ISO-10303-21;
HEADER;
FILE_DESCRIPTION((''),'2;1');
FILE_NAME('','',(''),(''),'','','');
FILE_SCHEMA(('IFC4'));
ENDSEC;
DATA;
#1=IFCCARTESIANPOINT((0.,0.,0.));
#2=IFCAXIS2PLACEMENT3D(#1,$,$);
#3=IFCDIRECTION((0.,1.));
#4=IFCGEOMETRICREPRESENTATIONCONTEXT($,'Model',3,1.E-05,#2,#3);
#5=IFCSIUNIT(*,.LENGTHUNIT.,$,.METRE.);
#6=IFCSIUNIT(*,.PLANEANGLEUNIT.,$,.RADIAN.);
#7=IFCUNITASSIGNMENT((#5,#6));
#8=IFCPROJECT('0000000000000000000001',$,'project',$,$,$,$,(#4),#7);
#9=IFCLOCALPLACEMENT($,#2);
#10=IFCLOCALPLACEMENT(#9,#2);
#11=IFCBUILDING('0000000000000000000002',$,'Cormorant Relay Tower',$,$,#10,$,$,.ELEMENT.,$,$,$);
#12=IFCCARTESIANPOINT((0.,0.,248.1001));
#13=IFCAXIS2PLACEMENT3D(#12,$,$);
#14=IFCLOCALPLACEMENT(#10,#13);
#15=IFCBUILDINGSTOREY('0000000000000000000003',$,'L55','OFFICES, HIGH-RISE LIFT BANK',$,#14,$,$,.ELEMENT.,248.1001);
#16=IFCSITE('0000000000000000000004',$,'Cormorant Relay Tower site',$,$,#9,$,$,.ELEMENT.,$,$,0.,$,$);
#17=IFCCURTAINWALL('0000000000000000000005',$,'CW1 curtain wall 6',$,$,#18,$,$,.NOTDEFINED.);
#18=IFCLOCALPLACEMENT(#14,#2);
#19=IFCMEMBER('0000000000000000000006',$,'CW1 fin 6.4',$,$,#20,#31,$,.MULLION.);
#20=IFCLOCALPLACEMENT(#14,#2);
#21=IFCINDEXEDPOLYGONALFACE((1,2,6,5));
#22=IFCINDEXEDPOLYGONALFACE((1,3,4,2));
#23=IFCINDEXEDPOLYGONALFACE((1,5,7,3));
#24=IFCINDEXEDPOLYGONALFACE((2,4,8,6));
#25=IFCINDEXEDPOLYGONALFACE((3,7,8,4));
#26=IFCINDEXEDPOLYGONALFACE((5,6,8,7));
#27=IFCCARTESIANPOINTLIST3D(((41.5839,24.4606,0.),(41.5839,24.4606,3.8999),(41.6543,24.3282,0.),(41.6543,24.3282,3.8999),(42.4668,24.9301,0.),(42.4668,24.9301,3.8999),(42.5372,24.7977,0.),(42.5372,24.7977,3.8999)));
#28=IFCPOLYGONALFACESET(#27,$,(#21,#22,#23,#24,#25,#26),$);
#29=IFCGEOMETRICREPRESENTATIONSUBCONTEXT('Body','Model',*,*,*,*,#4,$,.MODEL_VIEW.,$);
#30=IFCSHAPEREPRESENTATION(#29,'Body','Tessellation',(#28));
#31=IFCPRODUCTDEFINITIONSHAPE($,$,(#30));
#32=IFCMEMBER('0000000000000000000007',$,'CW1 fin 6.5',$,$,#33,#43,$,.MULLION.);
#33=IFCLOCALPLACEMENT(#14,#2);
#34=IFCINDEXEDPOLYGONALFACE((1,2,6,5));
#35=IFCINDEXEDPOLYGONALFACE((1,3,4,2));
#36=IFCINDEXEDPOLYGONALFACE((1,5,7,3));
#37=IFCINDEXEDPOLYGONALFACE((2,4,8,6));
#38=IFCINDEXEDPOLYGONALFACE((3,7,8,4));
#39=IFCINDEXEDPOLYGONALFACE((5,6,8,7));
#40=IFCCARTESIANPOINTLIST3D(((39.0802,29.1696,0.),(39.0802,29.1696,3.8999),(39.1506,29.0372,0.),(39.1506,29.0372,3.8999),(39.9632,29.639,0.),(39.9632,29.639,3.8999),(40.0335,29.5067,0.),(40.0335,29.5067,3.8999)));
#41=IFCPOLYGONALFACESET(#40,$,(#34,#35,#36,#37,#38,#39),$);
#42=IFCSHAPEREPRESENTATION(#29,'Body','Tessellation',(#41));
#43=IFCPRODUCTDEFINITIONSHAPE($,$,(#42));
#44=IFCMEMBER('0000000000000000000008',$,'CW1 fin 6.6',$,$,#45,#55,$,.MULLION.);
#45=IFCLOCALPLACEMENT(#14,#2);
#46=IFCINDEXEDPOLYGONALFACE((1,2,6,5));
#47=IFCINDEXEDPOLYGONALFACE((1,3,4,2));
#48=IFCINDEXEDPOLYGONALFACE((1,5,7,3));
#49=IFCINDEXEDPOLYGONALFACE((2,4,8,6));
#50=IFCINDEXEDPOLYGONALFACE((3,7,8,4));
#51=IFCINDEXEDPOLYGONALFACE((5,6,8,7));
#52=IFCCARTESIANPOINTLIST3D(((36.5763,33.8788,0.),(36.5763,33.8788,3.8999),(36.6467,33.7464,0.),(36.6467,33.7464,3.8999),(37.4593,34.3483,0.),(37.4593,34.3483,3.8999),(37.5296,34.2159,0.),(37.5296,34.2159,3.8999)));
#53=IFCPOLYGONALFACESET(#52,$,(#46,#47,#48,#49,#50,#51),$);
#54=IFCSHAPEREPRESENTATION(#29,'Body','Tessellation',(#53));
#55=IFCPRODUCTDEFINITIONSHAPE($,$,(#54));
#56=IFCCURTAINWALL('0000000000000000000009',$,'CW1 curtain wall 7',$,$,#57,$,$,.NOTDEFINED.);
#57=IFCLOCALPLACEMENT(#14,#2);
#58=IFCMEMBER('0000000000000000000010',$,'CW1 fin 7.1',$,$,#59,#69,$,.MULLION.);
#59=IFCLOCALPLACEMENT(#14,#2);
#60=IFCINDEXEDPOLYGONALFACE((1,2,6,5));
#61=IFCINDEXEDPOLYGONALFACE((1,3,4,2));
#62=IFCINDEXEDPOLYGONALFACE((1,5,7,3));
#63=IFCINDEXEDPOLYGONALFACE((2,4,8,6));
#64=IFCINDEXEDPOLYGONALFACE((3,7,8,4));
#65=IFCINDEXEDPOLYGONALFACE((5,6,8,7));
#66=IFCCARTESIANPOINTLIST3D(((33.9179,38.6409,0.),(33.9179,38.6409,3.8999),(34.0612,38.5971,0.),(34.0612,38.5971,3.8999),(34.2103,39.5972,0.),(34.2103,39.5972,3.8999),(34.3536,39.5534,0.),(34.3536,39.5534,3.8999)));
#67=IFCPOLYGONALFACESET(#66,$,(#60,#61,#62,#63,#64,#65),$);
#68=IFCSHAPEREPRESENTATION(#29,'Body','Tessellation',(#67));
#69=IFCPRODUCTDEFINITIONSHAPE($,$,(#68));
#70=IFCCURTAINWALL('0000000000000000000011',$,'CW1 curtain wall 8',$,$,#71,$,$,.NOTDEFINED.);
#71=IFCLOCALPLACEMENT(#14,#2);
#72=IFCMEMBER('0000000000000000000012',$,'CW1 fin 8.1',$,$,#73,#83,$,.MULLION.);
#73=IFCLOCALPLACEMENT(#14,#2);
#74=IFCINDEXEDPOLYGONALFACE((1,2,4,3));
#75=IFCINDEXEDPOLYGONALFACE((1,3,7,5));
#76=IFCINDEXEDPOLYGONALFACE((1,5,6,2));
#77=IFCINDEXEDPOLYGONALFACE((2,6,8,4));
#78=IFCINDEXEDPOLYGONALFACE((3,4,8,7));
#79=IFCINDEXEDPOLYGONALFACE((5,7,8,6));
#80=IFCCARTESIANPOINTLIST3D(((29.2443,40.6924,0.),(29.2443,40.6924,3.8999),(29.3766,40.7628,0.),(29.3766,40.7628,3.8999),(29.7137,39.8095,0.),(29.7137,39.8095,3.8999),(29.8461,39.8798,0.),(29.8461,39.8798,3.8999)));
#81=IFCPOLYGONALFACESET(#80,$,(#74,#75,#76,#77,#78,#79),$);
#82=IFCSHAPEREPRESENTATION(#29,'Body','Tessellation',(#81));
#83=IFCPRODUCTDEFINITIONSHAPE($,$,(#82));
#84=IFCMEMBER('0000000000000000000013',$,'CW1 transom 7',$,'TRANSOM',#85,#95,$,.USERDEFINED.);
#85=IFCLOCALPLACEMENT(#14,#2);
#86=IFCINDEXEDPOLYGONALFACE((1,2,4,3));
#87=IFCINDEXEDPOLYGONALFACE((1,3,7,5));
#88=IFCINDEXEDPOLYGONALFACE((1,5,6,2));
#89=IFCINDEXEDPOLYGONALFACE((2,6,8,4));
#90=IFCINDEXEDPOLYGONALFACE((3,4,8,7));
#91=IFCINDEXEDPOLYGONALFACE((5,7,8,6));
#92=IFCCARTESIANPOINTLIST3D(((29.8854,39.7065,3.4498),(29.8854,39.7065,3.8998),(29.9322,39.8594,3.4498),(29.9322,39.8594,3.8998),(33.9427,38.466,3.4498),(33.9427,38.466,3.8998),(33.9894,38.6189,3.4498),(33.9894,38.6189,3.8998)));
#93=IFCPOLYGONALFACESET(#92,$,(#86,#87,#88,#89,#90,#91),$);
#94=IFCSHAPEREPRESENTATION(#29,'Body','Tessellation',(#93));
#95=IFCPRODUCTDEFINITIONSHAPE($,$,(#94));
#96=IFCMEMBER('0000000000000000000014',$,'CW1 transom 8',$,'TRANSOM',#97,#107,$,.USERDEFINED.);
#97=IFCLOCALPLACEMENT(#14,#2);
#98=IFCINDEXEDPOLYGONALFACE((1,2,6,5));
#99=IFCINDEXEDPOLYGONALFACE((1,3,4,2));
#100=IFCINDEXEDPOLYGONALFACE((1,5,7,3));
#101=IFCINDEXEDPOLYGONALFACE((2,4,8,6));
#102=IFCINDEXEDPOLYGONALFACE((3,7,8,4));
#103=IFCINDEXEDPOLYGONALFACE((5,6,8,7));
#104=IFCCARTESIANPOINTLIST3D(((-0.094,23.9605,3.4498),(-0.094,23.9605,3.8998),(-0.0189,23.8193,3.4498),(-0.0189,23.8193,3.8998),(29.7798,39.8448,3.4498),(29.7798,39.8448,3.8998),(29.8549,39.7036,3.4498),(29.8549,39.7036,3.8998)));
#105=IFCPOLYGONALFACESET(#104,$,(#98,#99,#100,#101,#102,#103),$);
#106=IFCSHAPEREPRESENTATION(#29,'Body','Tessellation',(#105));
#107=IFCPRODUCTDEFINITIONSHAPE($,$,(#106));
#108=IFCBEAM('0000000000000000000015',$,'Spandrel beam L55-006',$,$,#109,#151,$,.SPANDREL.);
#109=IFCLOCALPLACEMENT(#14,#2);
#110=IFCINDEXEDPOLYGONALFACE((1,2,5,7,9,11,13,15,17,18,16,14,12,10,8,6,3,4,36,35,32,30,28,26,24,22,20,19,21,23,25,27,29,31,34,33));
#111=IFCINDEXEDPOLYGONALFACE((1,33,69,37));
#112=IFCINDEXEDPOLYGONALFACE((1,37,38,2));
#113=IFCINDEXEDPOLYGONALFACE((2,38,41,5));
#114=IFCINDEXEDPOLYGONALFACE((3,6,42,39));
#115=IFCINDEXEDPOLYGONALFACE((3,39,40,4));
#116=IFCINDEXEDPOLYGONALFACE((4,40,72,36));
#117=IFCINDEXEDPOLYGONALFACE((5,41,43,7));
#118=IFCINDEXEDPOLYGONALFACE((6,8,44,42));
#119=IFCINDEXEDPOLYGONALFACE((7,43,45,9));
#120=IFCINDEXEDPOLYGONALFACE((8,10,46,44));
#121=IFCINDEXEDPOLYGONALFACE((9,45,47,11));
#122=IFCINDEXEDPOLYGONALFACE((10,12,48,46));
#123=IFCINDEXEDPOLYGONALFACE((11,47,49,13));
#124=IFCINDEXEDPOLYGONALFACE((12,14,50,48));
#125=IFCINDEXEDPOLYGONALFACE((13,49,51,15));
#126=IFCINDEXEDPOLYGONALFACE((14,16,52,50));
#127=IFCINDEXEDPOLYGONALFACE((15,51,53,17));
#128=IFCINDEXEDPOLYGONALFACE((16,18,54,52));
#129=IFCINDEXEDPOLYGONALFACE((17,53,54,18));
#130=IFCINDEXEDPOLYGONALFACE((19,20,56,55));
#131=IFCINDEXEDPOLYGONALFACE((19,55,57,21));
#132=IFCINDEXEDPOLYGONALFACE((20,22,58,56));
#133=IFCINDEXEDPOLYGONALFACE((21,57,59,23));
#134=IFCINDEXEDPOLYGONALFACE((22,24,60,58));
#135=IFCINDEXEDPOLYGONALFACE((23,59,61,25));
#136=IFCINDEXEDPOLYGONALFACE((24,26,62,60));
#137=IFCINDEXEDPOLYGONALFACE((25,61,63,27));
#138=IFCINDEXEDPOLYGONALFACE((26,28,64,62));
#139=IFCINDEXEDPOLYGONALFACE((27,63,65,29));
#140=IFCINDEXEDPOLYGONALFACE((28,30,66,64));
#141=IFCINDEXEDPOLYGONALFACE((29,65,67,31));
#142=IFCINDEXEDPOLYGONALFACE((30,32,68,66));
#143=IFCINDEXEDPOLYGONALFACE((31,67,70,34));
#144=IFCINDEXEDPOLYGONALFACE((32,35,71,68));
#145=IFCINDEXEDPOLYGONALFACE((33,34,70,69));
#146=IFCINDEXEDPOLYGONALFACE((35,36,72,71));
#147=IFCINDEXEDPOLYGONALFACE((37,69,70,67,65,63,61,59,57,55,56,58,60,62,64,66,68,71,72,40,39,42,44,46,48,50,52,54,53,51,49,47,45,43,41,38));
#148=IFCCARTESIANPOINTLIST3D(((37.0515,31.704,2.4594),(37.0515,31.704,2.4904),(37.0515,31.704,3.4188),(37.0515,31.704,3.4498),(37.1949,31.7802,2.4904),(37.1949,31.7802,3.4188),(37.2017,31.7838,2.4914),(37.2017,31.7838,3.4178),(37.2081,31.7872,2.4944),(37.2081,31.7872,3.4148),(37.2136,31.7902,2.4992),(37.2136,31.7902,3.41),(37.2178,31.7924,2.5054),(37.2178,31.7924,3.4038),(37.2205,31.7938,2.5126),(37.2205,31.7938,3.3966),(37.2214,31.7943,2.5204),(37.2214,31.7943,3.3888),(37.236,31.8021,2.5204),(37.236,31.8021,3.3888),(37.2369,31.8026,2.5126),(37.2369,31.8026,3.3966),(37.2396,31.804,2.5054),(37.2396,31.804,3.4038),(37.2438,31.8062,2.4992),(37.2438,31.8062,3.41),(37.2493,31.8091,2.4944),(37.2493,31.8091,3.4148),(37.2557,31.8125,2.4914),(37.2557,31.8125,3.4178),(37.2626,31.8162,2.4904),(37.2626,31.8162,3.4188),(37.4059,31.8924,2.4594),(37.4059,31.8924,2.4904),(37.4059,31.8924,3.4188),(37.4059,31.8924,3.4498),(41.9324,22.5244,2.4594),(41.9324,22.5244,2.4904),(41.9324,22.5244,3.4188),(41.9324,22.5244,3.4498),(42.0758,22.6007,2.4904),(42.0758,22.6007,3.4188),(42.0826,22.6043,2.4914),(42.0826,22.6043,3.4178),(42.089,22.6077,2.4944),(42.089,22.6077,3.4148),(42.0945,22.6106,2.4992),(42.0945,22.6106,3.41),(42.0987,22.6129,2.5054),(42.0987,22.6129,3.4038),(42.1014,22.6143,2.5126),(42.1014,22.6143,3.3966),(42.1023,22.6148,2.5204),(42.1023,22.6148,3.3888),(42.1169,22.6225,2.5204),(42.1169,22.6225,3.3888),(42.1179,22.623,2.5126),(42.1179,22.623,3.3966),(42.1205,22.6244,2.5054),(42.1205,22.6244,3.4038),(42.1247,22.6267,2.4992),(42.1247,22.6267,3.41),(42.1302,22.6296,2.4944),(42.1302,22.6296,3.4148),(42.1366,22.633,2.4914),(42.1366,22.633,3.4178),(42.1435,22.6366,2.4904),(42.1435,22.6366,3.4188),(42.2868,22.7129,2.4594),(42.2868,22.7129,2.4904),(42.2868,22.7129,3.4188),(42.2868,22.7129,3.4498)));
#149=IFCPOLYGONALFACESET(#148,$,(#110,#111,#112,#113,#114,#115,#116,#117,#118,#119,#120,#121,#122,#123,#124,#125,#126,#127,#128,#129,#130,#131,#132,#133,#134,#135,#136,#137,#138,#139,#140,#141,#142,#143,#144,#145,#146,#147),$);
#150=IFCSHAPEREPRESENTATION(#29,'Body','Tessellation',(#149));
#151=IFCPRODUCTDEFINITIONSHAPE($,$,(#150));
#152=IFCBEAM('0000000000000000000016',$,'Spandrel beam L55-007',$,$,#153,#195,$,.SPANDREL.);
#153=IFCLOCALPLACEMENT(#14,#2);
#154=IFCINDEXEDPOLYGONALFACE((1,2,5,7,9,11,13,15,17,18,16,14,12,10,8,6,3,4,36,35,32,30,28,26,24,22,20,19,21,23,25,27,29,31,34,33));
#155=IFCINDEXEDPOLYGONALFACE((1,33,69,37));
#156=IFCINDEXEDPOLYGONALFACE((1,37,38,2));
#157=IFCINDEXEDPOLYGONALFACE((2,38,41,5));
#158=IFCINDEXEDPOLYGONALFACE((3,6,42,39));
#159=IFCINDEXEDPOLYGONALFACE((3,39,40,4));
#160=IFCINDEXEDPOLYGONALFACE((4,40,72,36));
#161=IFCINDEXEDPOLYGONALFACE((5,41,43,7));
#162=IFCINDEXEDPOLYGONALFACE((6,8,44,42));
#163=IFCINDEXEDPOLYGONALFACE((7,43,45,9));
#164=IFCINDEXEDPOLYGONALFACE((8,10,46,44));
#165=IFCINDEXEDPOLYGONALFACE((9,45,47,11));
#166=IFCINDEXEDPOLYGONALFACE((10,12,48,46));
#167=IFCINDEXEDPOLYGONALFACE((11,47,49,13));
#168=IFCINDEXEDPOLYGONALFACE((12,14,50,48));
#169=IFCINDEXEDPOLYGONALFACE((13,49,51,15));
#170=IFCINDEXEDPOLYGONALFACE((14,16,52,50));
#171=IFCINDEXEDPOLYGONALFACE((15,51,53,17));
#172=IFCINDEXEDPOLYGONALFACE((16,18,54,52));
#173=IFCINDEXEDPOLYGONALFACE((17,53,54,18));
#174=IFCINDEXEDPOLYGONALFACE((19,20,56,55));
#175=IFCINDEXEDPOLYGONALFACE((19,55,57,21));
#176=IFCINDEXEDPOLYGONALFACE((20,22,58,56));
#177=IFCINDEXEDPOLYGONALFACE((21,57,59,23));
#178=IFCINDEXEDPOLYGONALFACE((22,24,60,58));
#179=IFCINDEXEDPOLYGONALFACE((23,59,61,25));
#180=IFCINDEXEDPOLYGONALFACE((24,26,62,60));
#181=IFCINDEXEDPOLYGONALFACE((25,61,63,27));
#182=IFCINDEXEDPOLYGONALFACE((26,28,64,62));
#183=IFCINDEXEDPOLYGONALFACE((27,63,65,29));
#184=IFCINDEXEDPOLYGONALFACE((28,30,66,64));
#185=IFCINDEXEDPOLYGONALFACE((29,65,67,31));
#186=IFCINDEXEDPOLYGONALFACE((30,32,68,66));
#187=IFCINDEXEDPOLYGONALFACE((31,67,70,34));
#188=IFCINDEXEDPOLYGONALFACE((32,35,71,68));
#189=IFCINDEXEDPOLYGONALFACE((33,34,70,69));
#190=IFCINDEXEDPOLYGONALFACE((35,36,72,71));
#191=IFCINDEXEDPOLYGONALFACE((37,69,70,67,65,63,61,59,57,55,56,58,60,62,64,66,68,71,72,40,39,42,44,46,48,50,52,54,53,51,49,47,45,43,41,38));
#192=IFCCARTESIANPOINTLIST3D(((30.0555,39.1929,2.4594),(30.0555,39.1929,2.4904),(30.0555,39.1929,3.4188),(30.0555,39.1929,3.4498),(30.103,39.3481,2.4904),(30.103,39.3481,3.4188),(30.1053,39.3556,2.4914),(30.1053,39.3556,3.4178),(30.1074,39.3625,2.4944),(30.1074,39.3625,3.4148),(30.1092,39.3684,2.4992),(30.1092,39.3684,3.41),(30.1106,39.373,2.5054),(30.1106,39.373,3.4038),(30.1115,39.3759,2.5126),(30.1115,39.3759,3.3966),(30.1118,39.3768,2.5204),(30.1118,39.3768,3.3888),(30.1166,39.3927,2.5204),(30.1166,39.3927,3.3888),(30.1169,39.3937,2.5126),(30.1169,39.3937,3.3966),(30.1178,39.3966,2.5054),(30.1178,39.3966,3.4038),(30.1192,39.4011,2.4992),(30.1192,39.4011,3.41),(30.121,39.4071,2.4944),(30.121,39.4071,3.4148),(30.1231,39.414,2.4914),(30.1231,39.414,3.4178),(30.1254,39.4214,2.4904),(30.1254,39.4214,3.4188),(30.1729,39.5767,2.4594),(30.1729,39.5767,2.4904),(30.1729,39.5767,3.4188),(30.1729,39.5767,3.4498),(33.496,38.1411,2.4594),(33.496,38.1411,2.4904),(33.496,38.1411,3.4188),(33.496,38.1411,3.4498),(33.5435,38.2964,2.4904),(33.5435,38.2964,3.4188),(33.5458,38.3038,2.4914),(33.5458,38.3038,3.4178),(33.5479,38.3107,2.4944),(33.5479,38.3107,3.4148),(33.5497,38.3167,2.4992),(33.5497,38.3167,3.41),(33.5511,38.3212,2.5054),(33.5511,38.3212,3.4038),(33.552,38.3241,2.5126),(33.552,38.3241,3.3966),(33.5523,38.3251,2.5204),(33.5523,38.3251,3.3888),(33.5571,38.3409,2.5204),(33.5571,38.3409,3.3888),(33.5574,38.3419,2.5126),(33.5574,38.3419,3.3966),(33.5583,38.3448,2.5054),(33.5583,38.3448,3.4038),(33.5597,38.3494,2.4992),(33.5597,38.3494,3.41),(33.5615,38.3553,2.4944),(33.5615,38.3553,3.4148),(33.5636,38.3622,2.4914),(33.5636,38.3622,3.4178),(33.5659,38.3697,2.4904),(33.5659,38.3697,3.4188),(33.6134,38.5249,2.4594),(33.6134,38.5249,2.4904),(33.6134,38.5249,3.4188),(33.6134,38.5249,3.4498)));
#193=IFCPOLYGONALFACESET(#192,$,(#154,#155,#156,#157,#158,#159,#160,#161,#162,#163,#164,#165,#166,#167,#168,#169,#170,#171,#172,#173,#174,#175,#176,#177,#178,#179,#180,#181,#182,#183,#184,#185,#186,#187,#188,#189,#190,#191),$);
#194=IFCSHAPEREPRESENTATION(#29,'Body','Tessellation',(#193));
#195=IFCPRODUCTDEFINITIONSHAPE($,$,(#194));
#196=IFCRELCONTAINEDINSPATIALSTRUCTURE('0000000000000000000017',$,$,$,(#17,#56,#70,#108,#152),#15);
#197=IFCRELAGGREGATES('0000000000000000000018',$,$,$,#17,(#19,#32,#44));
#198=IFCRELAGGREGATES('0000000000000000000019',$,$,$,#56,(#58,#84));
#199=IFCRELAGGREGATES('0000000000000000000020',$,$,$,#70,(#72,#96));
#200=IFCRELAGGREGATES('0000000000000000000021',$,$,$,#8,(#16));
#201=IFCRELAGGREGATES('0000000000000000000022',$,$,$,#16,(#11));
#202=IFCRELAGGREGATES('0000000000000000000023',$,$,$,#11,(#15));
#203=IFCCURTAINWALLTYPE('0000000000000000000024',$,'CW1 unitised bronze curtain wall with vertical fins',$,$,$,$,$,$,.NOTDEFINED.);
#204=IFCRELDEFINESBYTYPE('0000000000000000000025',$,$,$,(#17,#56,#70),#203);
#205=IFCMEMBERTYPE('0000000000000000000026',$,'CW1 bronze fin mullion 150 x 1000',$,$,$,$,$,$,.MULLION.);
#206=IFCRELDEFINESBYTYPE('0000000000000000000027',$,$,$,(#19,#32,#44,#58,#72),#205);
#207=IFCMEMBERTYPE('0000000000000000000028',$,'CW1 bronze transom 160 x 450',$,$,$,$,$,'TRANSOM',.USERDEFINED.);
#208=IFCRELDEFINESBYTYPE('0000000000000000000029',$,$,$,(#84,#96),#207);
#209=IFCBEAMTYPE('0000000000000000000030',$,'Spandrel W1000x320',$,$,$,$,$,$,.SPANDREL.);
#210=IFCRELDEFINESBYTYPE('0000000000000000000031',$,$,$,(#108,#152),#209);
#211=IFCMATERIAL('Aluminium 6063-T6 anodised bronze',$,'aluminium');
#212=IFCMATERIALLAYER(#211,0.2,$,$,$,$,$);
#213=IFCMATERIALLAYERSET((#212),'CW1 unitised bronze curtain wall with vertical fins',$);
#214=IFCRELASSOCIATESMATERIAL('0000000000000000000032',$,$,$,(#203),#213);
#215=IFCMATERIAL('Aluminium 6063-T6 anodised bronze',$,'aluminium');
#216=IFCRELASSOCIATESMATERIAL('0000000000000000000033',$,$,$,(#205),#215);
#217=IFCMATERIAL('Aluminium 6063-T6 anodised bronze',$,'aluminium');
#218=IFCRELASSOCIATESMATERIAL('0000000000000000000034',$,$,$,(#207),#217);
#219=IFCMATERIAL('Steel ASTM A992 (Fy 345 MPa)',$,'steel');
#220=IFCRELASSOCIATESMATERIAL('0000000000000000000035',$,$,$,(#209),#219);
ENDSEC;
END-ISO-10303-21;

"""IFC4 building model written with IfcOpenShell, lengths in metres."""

from ifc_helpers import new_model, si_unit, direction, frame, origin, origin_2d, place, context, subcontext, project, spatial, rectangle, i_section, extrude, material, layer, layer_set, material_profile, profile_set, type_object, element, aggregate, save


model = new_model("IFC4")

# Units and contexts
model_context = context("Model", 3, precision=1e-05, world=origin(), true_north=direction((0.0, 1.0)))
body_context = subcontext(model_context, "Body", "Model", "MODEL_VIEW")
ifc_project = project(units=[si_unit("LENGTHUNIT", "METRE"), si_unit("PLANEANGLEUNIT", "RADIAN")], contexts=[model_context])

# Site, building, storey
site_placement = place(None, origin())
site = spatial("IfcSite", under=ifc_project, at=site_placement, Name="Cormorant Relay Tower site", CompositionType="ELEMENT", RefElevation=0.0)
building_placement = place(site_placement, origin())
building = spatial("IfcBuilding", under=site, at=building_placement, Name="Cormorant Relay Tower", CompositionType="ELEMENT")
storey_placement = place(building_placement, frame((0.0, 0.0, 248.1001)))
storey = spatial("IfcBuildingStorey", under=building, at=storey_placement, Name="L55", Description="OFFICES, HIGH-RISE LIFT BANK", CompositionType="ELEMENT", Elevation=248.1001)

# Curtain wall, members
ifc_material_1 = material(Name="Aluminium 6063-T6 anodised bronze", Category="aluminium")
ifc_layer_1 = layer(ifc_material_1, 0.2)
ifc_layer_set_1 = layer_set([ifc_layer_1], Name="CW1 unitised bronze curtain wall with vertical fins")
curtain_wall_type = type_object("IfcCurtainWallType", Name="CW1 unitised bronze curtain wall with vertical fins", PredefinedType="NOTDEFINED", material=ifc_layer_set_1)
curtain_wall_1_placement = place(storey_placement, origin())
curtain_wall_1 = element("IfcCurtainWall", 1, at=curtain_wall_1_placement, inside=storey, type_object=curtain_wall_type, Name="CW1 curtain wall 6", PredefinedType="NOTDEFINED")
ifc_material_2 = material(Name="Aluminium 6063-T6 anodised bronze", Category="aluminium")
ifc_material_profile_1 = material_profile(ifc_material_2, rectangle(XDim=0.1499, YDim=1.0, at=origin_2d()), Name="AL 150x1000")
ifc_profile_set_1 = profile_set([ifc_material_profile_1], Name="Aluminium 6063-T6 anodised bronze")
member_type_1 = type_object("IfcMemberType", Name="CW1 bronze fin mullion 150 x 1000", PredefinedType="MULLION", material=ifc_profile_set_1)
member_1_placement = place(storey_placement, frame((42.0605, 24.6292, 0.0), z_axis=(0.0, 0.0, 1.0), x_axis=(-0.469472, 0.882948, 0.0)))
member_1 = element("IfcMember", 2, at=member_1_placement, type_object=member_type_1, Name="CW1 fin 6.4", PredefinedType="MULLION", context=body_context, shape_type="SweptSolid", body=[
    extrude(rectangle(XDim=0.1499, YDim=1.0, at=origin_2d()), origin(), (0.0, 0.0, 1.0), 3.8999),
])
member_2_placement = place(storey_placement, frame((39.5569, 29.3381, 0.0), z_axis=(0.0, 0.0, 1.0), x_axis=(-0.469472, 0.882948, 0.0)))
member_2 = element("IfcMember", 3, at=member_2_placement, type_object=member_type_1, Name="CW1 fin 6.5", PredefinedType="MULLION", context=body_context, shape_type="SweptSolid", body=[
    extrude(rectangle(XDim=0.1499, YDim=1.0, at=origin_2d()), origin(), (0.0, 0.0, 1.0), 3.8999),
])
member_3_placement = place(storey_placement, frame((37.053, 34.0474, 0.0), z_axis=(0.0, 0.0, 1.0), x_axis=(-0.469472, 0.882948, 0.0)))
member_3 = element("IfcMember", 4, at=member_3_placement, type_object=member_type_1, Name="CW1 fin 6.6", PredefinedType="MULLION", context=body_context, shape_type="SweptSolid", body=[
    extrude(rectangle(XDim=0.1499, YDim=1.0, at=origin_2d()), origin(), (0.0, 0.0, 1.0), 3.8999),
])

# Curtain walls, members
curtain_wall_2_placement = place(storey_placement, origin())
curtain_wall_2 = element("IfcCurtainWall", 5, at=curtain_wall_2_placement, inside=storey, type_object=curtain_wall_type, Name="CW1 curtain wall 7", PredefinedType="NOTDEFINED")
member_4_placement = place(storey_placement, frame((34.1357, 39.0972, 0.0), z_axis=(0.0, 0.0, 1.0), x_axis=(-0.956305, 0.292372, 0.0)))
member_4 = element("IfcMember", 6, at=member_4_placement, type_object=member_type_1, Name="CW1 fin 7.1", PredefinedType="MULLION", context=body_context, shape_type="SweptSolid", body=[
    extrude(rectangle(XDim=0.1499, YDim=1.0, at=origin_2d()), origin(), (0.0, 0.0, 1.0), 3.8999),
])
curtain_wall_3_placement = place(storey_placement, origin())
curtain_wall_3 = element("IfcCurtainWall", 7, at=curtain_wall_3_placement, inside=storey, type_object=curtain_wall_type, Name="CW1 curtain wall 8", PredefinedType="NOTDEFINED")
member_5_placement = place(storey_placement, frame((29.5452, 40.2861, 0.0), z_axis=(0.0, 0.0, 1.0), x_axis=(-0.882948, -0.469472, 0.0)))
member_5 = element("IfcMember", 8, at=member_5_placement, type_object=member_type_1, Name="CW1 fin 8.1", PredefinedType="MULLION", context=body_context, shape_type="SweptSolid", body=[
    extrude(rectangle(XDim=0.1499, YDim=1.0, at=origin_2d()), origin(), (0.0, 0.0, 1.0), 3.8999),
])

# Members
ifc_material_3 = material(Name="Aluminium 6063-T6 anodised bronze", Category="aluminium")
ifc_material_profile_2 = material_profile(ifc_material_3, rectangle(XDim=0.1599, YDim=0.45, at=origin_2d()), Name="AL 160x450")
ifc_profile_set_2 = profile_set([ifc_material_profile_2], Name="Aluminium 6063-T6 anodised bronze")
member_type_2 = type_object("IfcMemberType", Name="CW1 bronze transom 160 x 450", ElementType="TRANSOM", PredefinedType="USERDEFINED", material=ifc_profile_set_2)
member_6_placement = place(storey_placement, frame((33.9661, 38.5425, 3.6748), z_axis=(-0.956304, 0.292375, 0.0), x_axis=(-0.292375, -0.956304, 0.0)))
member_6 = element("IfcMember", 9, at=member_6_placement, type_object=member_type_2, Name="CW1 transom 7", ObjectType="TRANSOM", PredefinedType="USERDEFINED", context=body_context, shape_type="SweptSolid", body=[
    extrude(rectangle(XDim=0.1599, YDim=0.45, at=origin_2d()), origin(), (0.0, 0.0, 1.0), 4.2427),
])
member_7_placement = place(storey_placement, frame((29.8174, 39.7742, 3.6748), z_axis=(-0.882946, -0.469474, 0.0), x_axis=(0.469474, -0.882946, 0.0)))
member_7 = element("IfcMember", 10, at=member_7_placement, type_object=member_type_2, Name="CW1 transom 8", ObjectType="TRANSOM", PredefinedType="USERDEFINED", context=body_context, shape_type="SweptSolid", body=[
    extrude(rectangle(XDim=0.1599, YDim=0.45, at=origin_2d()), origin(), (0.0, 0.0, 1.0), 33.8342),
])

# Beams
ifc_material_4 = material(Name="Steel ASTM A992 (Fy 345 MPa)", Category="steel")
ifc_material_profile_3 = material_profile(ifc_material_4, i_section(OverallWidth=0.4014, OverallDepth=0.9905, WebThickness=0.0166, FlangeThickness=0.031, FilletRadius=0.03, at=origin_2d()), Name="W1000x320")
ifc_profile_set_3 = profile_set([ifc_material_profile_3], Name="Steel ASTM A992 (Fy 345 MPa)")
beam_type = type_object("IfcBeamType", Name="Spandrel W1000x320", PredefinedType="SPANDREL", material=ifc_profile_set_3)
beam_1_placement = place(storey_placement, frame((42.1096, 22.6187, 2.9546), z_axis=(-0.469476, 0.882945, 0.0), x_axis=(-0.882945, -0.469476, 0.0)))
element("IfcBeam", 11, at=beam_1_placement, inside=storey, type_object=beam_type, Name="Spandrel beam L55-006", PredefinedType="SPANDREL", context=body_context, shape_type="SweptSolid", body=[
    extrude(i_section(OverallWidth=0.4014, OverallDepth=0.9905, WebThickness=0.0166, FlangeThickness=0.031, FilletRadius=0.03, at=origin_2d()), origin(), (0.0, 0.0, 1.0), 10.3965),
])
beam_2_placement = place(storey_placement, frame((33.5547, 38.333, 2.9546), z_axis=(-0.956312, 0.29235, 0.0), x_axis=(-0.29235, -0.956312, 0.0)))
element("IfcBeam", 12, at=beam_2_placement, inside=storey, type_object=beam_type, Name="Spandrel beam L55-007", PredefinedType="SPANDREL", context=body_context, shape_type="SweptSolid", body=[
    extrude(i_section(OverallWidth=0.4014, OverallDepth=0.9905, WebThickness=0.0166, FlangeThickness=0.031, FilletRadius=0.03, at=origin_2d()), origin(), (0.0, 0.0, 1.0), 3.5977),
])

aggregate(curtain_wall_1, [member_1, member_2, member_3])
aggregate(curtain_wall_2, [member_4, member_6])
aggregate(curtain_wall_3, [member_5, member_7])

save(model, "model.ifc")
